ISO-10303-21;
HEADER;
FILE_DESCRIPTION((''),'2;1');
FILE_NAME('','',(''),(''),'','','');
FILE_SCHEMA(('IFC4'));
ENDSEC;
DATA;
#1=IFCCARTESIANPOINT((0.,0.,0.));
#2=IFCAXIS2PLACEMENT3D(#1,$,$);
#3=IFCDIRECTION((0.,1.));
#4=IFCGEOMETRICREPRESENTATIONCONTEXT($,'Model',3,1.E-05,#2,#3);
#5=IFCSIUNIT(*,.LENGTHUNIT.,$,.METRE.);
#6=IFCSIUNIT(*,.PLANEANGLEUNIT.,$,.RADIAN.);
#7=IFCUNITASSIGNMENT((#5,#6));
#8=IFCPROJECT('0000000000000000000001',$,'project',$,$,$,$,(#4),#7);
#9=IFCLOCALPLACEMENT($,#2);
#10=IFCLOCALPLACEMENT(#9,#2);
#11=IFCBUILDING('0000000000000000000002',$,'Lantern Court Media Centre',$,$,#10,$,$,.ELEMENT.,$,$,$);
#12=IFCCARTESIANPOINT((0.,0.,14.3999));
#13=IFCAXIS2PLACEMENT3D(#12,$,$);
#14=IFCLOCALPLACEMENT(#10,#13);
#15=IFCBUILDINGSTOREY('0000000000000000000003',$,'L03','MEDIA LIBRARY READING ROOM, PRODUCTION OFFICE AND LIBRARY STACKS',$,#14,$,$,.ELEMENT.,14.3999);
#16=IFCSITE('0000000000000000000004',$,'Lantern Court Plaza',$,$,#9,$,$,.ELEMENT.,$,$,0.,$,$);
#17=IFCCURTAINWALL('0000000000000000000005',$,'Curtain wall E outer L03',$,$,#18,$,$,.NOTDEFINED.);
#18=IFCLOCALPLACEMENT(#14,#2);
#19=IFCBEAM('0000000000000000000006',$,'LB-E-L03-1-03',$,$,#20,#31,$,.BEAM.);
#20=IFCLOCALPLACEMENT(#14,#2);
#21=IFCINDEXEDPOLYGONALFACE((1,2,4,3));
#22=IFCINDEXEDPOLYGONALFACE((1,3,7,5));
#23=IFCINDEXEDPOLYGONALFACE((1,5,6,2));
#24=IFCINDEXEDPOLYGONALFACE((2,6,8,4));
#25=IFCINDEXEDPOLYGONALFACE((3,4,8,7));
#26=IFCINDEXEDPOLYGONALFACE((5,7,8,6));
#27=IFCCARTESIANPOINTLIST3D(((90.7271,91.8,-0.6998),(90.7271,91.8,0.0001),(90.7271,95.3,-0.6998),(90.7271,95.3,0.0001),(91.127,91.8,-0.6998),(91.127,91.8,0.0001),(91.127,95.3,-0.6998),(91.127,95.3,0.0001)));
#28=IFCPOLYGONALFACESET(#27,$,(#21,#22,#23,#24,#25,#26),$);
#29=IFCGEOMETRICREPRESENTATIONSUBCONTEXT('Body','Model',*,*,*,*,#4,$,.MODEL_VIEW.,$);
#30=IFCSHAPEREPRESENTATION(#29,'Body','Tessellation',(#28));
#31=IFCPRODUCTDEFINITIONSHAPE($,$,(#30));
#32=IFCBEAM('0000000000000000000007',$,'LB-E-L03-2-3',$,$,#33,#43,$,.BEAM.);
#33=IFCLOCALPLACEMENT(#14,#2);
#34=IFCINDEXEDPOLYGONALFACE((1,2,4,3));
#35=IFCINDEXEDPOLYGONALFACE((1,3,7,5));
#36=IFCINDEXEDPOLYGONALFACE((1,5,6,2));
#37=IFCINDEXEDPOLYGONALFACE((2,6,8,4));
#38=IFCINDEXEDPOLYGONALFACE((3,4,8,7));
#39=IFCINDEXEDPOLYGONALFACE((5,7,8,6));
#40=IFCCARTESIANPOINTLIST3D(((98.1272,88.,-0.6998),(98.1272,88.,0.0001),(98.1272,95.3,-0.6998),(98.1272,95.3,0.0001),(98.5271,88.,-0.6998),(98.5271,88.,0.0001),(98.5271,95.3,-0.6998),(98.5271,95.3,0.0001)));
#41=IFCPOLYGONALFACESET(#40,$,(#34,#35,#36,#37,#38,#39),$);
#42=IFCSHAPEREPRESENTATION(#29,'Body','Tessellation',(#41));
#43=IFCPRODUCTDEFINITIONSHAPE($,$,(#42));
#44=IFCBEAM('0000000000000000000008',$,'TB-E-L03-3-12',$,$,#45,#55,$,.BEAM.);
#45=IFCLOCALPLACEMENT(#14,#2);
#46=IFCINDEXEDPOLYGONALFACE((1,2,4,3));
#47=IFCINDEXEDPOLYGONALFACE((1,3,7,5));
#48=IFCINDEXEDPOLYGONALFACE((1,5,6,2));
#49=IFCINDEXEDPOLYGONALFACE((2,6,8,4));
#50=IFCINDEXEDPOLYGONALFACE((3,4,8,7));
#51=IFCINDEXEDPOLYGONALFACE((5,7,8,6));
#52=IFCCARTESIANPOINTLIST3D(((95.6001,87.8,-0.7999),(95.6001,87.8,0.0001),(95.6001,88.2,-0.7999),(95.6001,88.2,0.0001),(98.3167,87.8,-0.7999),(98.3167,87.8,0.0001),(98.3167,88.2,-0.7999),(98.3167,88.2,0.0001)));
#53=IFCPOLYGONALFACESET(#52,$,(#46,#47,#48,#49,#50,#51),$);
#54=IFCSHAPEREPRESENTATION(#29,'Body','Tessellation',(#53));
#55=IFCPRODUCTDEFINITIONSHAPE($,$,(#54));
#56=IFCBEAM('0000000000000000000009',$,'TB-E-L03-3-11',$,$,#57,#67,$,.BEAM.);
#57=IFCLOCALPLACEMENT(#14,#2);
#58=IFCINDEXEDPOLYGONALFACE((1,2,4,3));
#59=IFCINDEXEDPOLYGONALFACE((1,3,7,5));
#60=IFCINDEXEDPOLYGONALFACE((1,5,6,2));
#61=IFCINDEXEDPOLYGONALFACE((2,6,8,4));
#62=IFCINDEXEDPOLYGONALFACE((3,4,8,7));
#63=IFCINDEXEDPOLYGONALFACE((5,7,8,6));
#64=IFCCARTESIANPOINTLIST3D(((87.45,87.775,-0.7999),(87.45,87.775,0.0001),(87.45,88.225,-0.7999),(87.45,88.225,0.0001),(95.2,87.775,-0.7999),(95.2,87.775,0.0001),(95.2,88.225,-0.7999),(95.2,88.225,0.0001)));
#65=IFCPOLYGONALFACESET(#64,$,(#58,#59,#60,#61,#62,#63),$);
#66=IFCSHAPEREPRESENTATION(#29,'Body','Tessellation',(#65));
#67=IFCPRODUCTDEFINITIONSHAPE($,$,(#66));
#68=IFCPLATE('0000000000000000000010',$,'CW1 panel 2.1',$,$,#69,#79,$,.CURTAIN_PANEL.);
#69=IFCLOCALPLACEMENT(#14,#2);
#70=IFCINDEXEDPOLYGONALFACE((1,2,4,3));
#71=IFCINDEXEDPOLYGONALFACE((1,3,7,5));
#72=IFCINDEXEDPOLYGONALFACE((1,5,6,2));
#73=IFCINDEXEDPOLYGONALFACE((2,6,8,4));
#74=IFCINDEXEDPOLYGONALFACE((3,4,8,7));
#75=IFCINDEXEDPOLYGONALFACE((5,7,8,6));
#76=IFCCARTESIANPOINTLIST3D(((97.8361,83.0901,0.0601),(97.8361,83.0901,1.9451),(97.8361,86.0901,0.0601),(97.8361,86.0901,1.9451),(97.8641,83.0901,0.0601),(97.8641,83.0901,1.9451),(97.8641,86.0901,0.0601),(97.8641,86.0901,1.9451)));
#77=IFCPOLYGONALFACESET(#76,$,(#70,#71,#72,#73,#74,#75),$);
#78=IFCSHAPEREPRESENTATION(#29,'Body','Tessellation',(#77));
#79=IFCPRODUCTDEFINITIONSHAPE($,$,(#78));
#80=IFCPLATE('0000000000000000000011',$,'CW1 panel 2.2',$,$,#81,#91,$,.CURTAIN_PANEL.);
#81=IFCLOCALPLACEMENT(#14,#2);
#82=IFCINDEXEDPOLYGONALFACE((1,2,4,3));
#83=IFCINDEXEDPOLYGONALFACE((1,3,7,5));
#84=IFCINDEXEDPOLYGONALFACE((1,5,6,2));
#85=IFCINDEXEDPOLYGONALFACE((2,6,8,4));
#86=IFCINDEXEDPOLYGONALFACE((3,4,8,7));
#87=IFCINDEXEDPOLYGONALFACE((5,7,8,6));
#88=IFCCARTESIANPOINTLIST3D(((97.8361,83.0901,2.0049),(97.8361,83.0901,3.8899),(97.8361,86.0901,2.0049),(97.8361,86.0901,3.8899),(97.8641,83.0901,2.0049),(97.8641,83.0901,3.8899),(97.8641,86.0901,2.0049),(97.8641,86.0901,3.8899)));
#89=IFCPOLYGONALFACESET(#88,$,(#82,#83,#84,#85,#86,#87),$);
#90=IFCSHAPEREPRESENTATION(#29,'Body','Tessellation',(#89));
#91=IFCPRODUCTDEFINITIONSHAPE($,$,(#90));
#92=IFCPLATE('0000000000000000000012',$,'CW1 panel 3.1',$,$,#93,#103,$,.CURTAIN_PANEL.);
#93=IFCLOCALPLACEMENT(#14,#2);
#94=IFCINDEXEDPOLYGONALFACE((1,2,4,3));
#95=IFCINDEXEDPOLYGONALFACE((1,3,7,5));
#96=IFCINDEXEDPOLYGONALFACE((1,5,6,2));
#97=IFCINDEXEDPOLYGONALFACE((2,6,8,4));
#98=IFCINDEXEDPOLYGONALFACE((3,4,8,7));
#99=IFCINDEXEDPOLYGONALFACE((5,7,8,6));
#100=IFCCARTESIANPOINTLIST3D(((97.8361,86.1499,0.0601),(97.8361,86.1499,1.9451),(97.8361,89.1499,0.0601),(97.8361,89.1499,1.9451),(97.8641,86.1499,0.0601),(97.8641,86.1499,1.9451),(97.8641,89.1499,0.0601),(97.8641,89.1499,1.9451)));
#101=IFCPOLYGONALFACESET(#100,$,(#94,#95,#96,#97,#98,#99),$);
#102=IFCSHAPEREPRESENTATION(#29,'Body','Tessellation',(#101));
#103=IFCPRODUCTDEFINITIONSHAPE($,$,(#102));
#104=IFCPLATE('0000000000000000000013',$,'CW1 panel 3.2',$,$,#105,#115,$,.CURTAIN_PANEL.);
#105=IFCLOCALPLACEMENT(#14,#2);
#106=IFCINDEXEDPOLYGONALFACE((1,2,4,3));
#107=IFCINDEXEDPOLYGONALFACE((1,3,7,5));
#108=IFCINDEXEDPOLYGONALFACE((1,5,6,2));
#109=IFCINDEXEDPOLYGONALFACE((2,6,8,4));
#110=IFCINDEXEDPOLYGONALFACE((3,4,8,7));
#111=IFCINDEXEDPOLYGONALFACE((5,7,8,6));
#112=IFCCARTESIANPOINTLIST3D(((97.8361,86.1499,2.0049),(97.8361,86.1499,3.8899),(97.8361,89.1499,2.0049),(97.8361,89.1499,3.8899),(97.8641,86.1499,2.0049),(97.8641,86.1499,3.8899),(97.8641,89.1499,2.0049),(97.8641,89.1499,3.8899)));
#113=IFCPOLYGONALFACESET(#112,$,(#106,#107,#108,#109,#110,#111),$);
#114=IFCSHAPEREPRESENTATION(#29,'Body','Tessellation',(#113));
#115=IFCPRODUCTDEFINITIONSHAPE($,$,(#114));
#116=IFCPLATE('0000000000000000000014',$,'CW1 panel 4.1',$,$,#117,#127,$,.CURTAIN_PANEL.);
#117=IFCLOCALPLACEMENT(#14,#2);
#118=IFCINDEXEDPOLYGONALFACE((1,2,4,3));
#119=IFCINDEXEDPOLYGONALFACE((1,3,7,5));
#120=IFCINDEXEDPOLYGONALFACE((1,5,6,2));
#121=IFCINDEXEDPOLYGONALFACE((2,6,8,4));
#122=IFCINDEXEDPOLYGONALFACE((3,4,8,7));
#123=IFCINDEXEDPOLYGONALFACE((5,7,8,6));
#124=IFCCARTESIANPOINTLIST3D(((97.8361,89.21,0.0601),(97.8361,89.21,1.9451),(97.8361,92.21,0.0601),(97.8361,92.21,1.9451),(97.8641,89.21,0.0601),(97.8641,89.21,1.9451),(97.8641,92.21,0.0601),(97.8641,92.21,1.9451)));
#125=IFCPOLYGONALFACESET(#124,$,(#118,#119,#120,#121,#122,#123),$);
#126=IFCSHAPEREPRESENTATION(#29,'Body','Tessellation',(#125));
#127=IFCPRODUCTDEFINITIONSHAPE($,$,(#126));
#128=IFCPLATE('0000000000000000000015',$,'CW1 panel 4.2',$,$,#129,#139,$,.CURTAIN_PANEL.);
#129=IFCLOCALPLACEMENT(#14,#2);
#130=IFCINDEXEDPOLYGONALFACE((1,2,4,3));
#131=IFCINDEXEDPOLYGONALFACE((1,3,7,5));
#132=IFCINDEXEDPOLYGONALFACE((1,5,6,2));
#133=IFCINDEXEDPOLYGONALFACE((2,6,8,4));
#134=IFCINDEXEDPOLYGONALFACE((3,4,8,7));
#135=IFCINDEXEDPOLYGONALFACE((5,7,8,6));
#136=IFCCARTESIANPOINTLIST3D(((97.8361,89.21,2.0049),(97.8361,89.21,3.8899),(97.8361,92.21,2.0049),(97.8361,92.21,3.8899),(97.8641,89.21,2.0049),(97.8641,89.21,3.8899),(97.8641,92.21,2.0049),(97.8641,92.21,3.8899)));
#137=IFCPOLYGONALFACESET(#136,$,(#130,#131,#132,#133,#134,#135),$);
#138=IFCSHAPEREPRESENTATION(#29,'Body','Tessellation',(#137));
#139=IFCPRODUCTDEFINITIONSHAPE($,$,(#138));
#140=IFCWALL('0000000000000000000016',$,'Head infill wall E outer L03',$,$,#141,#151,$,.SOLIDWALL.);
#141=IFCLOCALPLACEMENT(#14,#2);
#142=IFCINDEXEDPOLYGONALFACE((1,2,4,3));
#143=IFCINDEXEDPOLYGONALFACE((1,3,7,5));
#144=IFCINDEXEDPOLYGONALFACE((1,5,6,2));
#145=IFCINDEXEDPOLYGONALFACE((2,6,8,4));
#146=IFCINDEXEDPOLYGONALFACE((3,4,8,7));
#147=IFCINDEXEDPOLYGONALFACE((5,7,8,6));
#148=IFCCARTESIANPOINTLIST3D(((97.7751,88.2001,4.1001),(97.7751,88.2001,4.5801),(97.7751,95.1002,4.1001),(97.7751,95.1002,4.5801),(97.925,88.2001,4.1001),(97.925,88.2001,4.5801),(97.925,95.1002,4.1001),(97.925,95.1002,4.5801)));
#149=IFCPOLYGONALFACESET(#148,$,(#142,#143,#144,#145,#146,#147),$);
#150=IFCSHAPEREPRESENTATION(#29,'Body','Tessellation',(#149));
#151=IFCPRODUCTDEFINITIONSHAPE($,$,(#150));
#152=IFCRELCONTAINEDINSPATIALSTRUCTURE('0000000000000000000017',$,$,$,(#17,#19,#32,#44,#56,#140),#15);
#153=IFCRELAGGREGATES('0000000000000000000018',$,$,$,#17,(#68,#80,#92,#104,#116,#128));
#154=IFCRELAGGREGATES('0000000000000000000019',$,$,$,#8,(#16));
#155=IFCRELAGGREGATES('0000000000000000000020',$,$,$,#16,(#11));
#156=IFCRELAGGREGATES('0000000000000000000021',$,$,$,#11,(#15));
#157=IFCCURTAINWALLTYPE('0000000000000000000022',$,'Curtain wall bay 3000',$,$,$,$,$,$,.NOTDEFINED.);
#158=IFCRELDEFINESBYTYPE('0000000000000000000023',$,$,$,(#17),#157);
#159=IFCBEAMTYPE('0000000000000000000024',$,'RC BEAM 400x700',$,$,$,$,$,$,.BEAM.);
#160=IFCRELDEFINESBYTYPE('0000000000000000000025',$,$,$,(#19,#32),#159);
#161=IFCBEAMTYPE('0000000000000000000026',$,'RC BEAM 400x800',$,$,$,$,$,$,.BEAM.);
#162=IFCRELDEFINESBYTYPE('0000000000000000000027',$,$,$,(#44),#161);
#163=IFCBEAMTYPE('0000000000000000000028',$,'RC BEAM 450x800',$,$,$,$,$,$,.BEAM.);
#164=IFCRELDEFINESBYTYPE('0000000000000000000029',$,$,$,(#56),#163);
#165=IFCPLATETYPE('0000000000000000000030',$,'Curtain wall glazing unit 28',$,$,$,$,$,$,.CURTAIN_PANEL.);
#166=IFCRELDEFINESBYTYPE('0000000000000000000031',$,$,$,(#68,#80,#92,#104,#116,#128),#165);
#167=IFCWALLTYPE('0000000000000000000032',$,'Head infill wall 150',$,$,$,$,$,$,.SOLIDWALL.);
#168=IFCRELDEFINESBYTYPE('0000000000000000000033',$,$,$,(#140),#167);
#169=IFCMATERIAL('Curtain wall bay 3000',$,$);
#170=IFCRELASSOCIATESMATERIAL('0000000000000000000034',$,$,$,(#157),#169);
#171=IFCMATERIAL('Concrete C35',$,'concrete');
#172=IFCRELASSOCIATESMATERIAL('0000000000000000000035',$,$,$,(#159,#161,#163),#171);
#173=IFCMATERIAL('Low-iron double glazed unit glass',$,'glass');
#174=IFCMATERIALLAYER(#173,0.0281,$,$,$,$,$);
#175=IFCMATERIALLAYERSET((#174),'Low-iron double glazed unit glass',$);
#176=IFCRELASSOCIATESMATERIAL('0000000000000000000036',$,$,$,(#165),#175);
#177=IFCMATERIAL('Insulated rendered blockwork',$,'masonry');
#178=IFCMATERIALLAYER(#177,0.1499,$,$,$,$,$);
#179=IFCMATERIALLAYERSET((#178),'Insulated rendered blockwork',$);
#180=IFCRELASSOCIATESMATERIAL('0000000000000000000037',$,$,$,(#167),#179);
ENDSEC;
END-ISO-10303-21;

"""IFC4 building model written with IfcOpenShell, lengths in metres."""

from ifc_helpers import new_model, si_unit, direction, frame, frame_2d, origin, origin_2d, place, context, subcontext, project, spatial, rectangle, extrude, material, layer, layer_set, material_profile, profile_set, type_object, element, aggregate, save


model = new_model("IFC4")

# Units and contexts
model_context = context("Model", 3, precision=1e-05, world=origin(), true_north=direction((0.0, 1.0)))
body_context = subcontext(model_context, "Body", "Model", "MODEL_VIEW")
ifc_project = project(units=[si_unit("LENGTHUNIT", "METRE"), si_unit("PLANEANGLEUNIT", "RADIAN")], contexts=[model_context])

# Site, building, storey
site_placement = place(None, origin())
site = spatial("IfcSite", under=ifc_project, at=site_placement, Name="Lantern Court Plaza", CompositionType="ELEMENT", RefElevation=0.0)
building_placement = place(site_placement, origin())
building = spatial("IfcBuilding", under=site, at=building_placement, Name="Lantern Court Media Centre", CompositionType="ELEMENT")
storey_placement = place(building_placement, frame((0.0, 0.0, 14.3999)))
storey = spatial("IfcBuildingStorey", under=building, at=storey_placement, Name="L03", Description="MEDIA LIBRARY READING ROOM, PRODUCTION OFFICE AND LIBRARY STACKS", CompositionType="ELEMENT", Elevation=14.3999)

# Shared definitions
ifc_material_1 = material(Name="Concrete C35", Category="concrete")

# Curtain wall
ifc_material_2 = material(Name="Curtain wall bay 3000")
curtain_wall_type = type_object("IfcCurtainWallType", Name="Curtain wall bay 3000", PredefinedType="NOTDEFINED", material=ifc_material_2)
curtain_wall_placement = place(storey_placement, origin())
curtain_wall = element("IfcCurtainWall", 1, at=curtain_wall_placement, inside=storey, type_object=curtain_wall_type, Name="Curtain wall E outer L03", PredefinedType="NOTDEFINED")

# Beams
ifc_material_profile_1 = material_profile(ifc_material_1, rectangle(XDim=0.3999, YDim=0.7, at=origin_2d()), Name="RC 400x700")
ifc_profile_set_1 = profile_set([ifc_material_profile_1], Name="Concrete C35")
beam_type_1 = type_object("IfcBeamType", Name="RC BEAM 400x700", PredefinedType="BEAM", material=ifc_profile_set_1)
beam_1_placement = place(storey_placement, frame((90.927, 91.8, -0.3499), z_axis=(0.0, 1.0, 0.0), x_axis=(-1.0, 0.0, 0.0)))
element("IfcBeam", 2, at=beam_1_placement, inside=storey, type_object=beam_type_1, Name="LB-E-L03-1-03", PredefinedType="BEAM", context=body_context, shape_type="SweptSolid", body=[
    extrude(rectangle(XDim=0.3999, YDim=0.7, at=origin_2d()), origin(), (0.0, 0.0, 1.0), 3.5),
])
beam_2_placement = place(storey_placement, frame((98.3271, 88.0, -0.3499), z_axis=(0.0, 1.0, 0.0), x_axis=(-1.0, 0.0, 0.0)))
element("IfcBeam", 3, at=beam_2_placement, inside=storey, type_object=beam_type_1, Name="LB-E-L03-2-3", PredefinedType="BEAM", context=body_context, shape_type="SweptSolid", body=[
    extrude(rectangle(XDim=0.3999, YDim=0.7, at=origin_2d()), origin(), (0.0, 0.0, 1.0), 7.3),
])
ifc_material_profile_2 = material_profile(ifc_material_1, rectangle(XDim=0.3999, YDim=0.8, at=origin_2d()), Name="RC 400x800")
ifc_profile_set_2 = profile_set([ifc_material_profile_2], Name="Concrete C35")
beam_type_2 = type_object("IfcBeamType", Name="RC BEAM 400x800", PredefinedType="BEAM", material=ifc_profile_set_2)
beam_3_placement = place(storey_placement, frame((95.6001, 88.0, -0.3999), z_axis=(1.0, 0.0, 0.0), x_axis=(0.0, 1.0, 0.0)))
element("IfcBeam", 4, at=beam_3_placement, inside=storey, type_object=beam_type_2, Name="TB-E-L03-3-12", PredefinedType="BEAM", context=body_context, shape_type="SweptSolid", body=[
    extrude(rectangle(XDim=0.3999, YDim=0.8, at=origin_2d()), origin(), (0.0, 0.0, 1.0), 2.7166),
])
ifc_material_profile_3 = material_profile(ifc_material_1, rectangle(XDim=0.45, YDim=0.8, at=origin_2d()), Name="RC 450x800")
ifc_profile_set_3 = profile_set([ifc_material_profile_3], Name="Concrete C35")
beam_type_3 = type_object("IfcBeamType", Name="RC BEAM 450x800", PredefinedType="BEAM", material=ifc_profile_set_3)
beam_4_placement = place(storey_placement, frame((87.45, 88.0, -0.3999), z_axis=(1.0, 0.0, 0.0), x_axis=(0.0, 1.0, 0.0)))
element("IfcBeam", 5, at=beam_4_placement, inside=storey, type_object=beam_type_3, Name="TB-E-L03-3-11", PredefinedType="BEAM", context=body_context, shape_type="SweptSolid", body=[
    extrude(rectangle(XDim=0.45, YDim=0.8, at=origin_2d()), origin(), (0.0, 0.0, 1.0), 7.75),
])

# Plates
ifc_material_3 = material(Name="Low-iron double glazed unit glass", Category="glass")
ifc_layer_1 = layer(ifc_material_3, 0.0281)
ifc_layer_set_1 = layer_set([ifc_layer_1], Name="Low-iron double glazed unit glass")
plate_type = type_object("IfcPlateType", Name="Curtain wall glazing unit 28", PredefinedType="CURTAIN_PANEL", material=ifc_layer_set_1)
plate_1_placement = place(storey_placement, frame((97.8501, 84.5901, 0.0601), z_axis=(0.0, 0.0, 1.0), x_axis=(0.0, 1.0, 0.0)))
plate_1 = element("IfcPlate", 6, at=plate_1_placement, type_object=plate_type, Name="CW1 panel 2.1", PredefinedType="CURTAIN_PANEL", context=body_context, shape_type="SweptSolid", body=[
    extrude(rectangle(XDim=3.0, YDim=0.0281, at=origin_2d()), origin(), (0.0, 0.0, 1.0), 1.885),
])
plate_2_placement = place(storey_placement, frame((97.8501, 84.5901, 2.0049), z_axis=(0.0, 0.0, 1.0), x_axis=(0.0, 1.0, 0.0)))
plate_2 = element("IfcPlate", 7, at=plate_2_placement, type_object=plate_type, Name="CW1 panel 2.2", PredefinedType="CURTAIN_PANEL", context=body_context, shape_type="SweptSolid", body=[
    extrude(rectangle(XDim=3.0, YDim=0.0281, at=origin_2d()), origin(), (0.0, 0.0, 1.0), 1.885),
])
plate_3_placement = place(storey_placement, frame((97.8501, 87.6499, 0.0601), z_axis=(0.0, 0.0, 1.0), x_axis=(0.0, 1.0, 0.0)))
plate_3 = element("IfcPlate", 8, at=plate_3_placement, type_object=plate_type, Name="CW1 panel 3.1", PredefinedType="CURTAIN_PANEL", context=body_context, shape_type="SweptSolid", body=[
    extrude(rectangle(XDim=3.0, YDim=0.0281, at=origin_2d()), origin(), (0.0, 0.0, 1.0), 1.885),
])
plate_4_placement = place(storey_placement, frame((97.8501, 87.6499, 2.0049), z_axis=(0.0, 0.0, 1.0), x_axis=(0.0, 1.0, 0.0)))
plate_4 = element("IfcPlate", 9, at=plate_4_placement, type_object=plate_type, Name="CW1 panel 3.2", PredefinedType="CURTAIN_PANEL", context=body_context, shape_type="SweptSolid", body=[
    extrude(rectangle(XDim=3.0, YDim=0.0281, at=origin_2d()), origin(), (0.0, 0.0, 1.0), 1.885),
])
plate_5_placement = place(storey_placement, frame((97.8501, 90.71, 0.0601), z_axis=(0.0, 0.0, 1.0), x_axis=(0.0, 1.0, 0.0)))
plate_5 = element("IfcPlate", 10, at=plate_5_placement, type_object=plate_type, Name="CW1 panel 4.1", PredefinedType="CURTAIN_PANEL", context=body_context, shape_type="SweptSolid", body=[
    extrude(rectangle(XDim=3.0, YDim=0.0281, at=origin_2d()), origin(), (0.0, 0.0, 1.0), 1.885),
])
plate_6_placement = place(storey_placement, frame((97.8501, 90.71, 2.0049), z_axis=(0.0, 0.0, 1.0), x_axis=(0.0, 1.0, 0.0)))
plate_6 = element("IfcPlate", 11, at=plate_6_placement, type_object=plate_type, Name="CW1 panel 4.2", PredefinedType="CURTAIN_PANEL", context=body_context, shape_type="SweptSolid", body=[
    extrude(rectangle(XDim=3.0, YDim=0.0281, at=origin_2d()), origin(), (0.0, 0.0, 1.0), 1.885),
])
aggregate(curtain_wall, [plate_1, plate_2, plate_3, plate_4, plate_5, plate_6])

# Wall
ifc_material_4 = material(Name="Insulated rendered blockwork", Category="masonry")
ifc_layer_2 = layer(ifc_material_4, 0.1499)
ifc_layer_set_2 = layer_set([ifc_layer_2], Name="Insulated rendered blockwork")
wall_type_1 = type_object("IfcWallType", Name="Head infill wall 150", PredefinedType="SOLIDWALL", material=ifc_layer_set_2)
wall_1_placement = place(storey_placement, frame((97.8501, 88.2, 4.1001), z_axis=(0.0, 0.0, 1.0), x_axis=(0.0, 1.0, 0.0)))
element("IfcWall", 12, at=wall_1_placement, inside=storey, type_object=wall_type_1, Name="Head infill wall E outer L03", PredefinedType="SOLIDWALL", context=body_context, shape_type="SweptSolid", body=[
    extrude(rectangle(XDim=6.9001, YDim=0.1499, at=frame_2d((3.4502, 0.0))), origin(), (0.0, 0.0, 1.0), 0.48),
])

save(model, "model.ifc")
